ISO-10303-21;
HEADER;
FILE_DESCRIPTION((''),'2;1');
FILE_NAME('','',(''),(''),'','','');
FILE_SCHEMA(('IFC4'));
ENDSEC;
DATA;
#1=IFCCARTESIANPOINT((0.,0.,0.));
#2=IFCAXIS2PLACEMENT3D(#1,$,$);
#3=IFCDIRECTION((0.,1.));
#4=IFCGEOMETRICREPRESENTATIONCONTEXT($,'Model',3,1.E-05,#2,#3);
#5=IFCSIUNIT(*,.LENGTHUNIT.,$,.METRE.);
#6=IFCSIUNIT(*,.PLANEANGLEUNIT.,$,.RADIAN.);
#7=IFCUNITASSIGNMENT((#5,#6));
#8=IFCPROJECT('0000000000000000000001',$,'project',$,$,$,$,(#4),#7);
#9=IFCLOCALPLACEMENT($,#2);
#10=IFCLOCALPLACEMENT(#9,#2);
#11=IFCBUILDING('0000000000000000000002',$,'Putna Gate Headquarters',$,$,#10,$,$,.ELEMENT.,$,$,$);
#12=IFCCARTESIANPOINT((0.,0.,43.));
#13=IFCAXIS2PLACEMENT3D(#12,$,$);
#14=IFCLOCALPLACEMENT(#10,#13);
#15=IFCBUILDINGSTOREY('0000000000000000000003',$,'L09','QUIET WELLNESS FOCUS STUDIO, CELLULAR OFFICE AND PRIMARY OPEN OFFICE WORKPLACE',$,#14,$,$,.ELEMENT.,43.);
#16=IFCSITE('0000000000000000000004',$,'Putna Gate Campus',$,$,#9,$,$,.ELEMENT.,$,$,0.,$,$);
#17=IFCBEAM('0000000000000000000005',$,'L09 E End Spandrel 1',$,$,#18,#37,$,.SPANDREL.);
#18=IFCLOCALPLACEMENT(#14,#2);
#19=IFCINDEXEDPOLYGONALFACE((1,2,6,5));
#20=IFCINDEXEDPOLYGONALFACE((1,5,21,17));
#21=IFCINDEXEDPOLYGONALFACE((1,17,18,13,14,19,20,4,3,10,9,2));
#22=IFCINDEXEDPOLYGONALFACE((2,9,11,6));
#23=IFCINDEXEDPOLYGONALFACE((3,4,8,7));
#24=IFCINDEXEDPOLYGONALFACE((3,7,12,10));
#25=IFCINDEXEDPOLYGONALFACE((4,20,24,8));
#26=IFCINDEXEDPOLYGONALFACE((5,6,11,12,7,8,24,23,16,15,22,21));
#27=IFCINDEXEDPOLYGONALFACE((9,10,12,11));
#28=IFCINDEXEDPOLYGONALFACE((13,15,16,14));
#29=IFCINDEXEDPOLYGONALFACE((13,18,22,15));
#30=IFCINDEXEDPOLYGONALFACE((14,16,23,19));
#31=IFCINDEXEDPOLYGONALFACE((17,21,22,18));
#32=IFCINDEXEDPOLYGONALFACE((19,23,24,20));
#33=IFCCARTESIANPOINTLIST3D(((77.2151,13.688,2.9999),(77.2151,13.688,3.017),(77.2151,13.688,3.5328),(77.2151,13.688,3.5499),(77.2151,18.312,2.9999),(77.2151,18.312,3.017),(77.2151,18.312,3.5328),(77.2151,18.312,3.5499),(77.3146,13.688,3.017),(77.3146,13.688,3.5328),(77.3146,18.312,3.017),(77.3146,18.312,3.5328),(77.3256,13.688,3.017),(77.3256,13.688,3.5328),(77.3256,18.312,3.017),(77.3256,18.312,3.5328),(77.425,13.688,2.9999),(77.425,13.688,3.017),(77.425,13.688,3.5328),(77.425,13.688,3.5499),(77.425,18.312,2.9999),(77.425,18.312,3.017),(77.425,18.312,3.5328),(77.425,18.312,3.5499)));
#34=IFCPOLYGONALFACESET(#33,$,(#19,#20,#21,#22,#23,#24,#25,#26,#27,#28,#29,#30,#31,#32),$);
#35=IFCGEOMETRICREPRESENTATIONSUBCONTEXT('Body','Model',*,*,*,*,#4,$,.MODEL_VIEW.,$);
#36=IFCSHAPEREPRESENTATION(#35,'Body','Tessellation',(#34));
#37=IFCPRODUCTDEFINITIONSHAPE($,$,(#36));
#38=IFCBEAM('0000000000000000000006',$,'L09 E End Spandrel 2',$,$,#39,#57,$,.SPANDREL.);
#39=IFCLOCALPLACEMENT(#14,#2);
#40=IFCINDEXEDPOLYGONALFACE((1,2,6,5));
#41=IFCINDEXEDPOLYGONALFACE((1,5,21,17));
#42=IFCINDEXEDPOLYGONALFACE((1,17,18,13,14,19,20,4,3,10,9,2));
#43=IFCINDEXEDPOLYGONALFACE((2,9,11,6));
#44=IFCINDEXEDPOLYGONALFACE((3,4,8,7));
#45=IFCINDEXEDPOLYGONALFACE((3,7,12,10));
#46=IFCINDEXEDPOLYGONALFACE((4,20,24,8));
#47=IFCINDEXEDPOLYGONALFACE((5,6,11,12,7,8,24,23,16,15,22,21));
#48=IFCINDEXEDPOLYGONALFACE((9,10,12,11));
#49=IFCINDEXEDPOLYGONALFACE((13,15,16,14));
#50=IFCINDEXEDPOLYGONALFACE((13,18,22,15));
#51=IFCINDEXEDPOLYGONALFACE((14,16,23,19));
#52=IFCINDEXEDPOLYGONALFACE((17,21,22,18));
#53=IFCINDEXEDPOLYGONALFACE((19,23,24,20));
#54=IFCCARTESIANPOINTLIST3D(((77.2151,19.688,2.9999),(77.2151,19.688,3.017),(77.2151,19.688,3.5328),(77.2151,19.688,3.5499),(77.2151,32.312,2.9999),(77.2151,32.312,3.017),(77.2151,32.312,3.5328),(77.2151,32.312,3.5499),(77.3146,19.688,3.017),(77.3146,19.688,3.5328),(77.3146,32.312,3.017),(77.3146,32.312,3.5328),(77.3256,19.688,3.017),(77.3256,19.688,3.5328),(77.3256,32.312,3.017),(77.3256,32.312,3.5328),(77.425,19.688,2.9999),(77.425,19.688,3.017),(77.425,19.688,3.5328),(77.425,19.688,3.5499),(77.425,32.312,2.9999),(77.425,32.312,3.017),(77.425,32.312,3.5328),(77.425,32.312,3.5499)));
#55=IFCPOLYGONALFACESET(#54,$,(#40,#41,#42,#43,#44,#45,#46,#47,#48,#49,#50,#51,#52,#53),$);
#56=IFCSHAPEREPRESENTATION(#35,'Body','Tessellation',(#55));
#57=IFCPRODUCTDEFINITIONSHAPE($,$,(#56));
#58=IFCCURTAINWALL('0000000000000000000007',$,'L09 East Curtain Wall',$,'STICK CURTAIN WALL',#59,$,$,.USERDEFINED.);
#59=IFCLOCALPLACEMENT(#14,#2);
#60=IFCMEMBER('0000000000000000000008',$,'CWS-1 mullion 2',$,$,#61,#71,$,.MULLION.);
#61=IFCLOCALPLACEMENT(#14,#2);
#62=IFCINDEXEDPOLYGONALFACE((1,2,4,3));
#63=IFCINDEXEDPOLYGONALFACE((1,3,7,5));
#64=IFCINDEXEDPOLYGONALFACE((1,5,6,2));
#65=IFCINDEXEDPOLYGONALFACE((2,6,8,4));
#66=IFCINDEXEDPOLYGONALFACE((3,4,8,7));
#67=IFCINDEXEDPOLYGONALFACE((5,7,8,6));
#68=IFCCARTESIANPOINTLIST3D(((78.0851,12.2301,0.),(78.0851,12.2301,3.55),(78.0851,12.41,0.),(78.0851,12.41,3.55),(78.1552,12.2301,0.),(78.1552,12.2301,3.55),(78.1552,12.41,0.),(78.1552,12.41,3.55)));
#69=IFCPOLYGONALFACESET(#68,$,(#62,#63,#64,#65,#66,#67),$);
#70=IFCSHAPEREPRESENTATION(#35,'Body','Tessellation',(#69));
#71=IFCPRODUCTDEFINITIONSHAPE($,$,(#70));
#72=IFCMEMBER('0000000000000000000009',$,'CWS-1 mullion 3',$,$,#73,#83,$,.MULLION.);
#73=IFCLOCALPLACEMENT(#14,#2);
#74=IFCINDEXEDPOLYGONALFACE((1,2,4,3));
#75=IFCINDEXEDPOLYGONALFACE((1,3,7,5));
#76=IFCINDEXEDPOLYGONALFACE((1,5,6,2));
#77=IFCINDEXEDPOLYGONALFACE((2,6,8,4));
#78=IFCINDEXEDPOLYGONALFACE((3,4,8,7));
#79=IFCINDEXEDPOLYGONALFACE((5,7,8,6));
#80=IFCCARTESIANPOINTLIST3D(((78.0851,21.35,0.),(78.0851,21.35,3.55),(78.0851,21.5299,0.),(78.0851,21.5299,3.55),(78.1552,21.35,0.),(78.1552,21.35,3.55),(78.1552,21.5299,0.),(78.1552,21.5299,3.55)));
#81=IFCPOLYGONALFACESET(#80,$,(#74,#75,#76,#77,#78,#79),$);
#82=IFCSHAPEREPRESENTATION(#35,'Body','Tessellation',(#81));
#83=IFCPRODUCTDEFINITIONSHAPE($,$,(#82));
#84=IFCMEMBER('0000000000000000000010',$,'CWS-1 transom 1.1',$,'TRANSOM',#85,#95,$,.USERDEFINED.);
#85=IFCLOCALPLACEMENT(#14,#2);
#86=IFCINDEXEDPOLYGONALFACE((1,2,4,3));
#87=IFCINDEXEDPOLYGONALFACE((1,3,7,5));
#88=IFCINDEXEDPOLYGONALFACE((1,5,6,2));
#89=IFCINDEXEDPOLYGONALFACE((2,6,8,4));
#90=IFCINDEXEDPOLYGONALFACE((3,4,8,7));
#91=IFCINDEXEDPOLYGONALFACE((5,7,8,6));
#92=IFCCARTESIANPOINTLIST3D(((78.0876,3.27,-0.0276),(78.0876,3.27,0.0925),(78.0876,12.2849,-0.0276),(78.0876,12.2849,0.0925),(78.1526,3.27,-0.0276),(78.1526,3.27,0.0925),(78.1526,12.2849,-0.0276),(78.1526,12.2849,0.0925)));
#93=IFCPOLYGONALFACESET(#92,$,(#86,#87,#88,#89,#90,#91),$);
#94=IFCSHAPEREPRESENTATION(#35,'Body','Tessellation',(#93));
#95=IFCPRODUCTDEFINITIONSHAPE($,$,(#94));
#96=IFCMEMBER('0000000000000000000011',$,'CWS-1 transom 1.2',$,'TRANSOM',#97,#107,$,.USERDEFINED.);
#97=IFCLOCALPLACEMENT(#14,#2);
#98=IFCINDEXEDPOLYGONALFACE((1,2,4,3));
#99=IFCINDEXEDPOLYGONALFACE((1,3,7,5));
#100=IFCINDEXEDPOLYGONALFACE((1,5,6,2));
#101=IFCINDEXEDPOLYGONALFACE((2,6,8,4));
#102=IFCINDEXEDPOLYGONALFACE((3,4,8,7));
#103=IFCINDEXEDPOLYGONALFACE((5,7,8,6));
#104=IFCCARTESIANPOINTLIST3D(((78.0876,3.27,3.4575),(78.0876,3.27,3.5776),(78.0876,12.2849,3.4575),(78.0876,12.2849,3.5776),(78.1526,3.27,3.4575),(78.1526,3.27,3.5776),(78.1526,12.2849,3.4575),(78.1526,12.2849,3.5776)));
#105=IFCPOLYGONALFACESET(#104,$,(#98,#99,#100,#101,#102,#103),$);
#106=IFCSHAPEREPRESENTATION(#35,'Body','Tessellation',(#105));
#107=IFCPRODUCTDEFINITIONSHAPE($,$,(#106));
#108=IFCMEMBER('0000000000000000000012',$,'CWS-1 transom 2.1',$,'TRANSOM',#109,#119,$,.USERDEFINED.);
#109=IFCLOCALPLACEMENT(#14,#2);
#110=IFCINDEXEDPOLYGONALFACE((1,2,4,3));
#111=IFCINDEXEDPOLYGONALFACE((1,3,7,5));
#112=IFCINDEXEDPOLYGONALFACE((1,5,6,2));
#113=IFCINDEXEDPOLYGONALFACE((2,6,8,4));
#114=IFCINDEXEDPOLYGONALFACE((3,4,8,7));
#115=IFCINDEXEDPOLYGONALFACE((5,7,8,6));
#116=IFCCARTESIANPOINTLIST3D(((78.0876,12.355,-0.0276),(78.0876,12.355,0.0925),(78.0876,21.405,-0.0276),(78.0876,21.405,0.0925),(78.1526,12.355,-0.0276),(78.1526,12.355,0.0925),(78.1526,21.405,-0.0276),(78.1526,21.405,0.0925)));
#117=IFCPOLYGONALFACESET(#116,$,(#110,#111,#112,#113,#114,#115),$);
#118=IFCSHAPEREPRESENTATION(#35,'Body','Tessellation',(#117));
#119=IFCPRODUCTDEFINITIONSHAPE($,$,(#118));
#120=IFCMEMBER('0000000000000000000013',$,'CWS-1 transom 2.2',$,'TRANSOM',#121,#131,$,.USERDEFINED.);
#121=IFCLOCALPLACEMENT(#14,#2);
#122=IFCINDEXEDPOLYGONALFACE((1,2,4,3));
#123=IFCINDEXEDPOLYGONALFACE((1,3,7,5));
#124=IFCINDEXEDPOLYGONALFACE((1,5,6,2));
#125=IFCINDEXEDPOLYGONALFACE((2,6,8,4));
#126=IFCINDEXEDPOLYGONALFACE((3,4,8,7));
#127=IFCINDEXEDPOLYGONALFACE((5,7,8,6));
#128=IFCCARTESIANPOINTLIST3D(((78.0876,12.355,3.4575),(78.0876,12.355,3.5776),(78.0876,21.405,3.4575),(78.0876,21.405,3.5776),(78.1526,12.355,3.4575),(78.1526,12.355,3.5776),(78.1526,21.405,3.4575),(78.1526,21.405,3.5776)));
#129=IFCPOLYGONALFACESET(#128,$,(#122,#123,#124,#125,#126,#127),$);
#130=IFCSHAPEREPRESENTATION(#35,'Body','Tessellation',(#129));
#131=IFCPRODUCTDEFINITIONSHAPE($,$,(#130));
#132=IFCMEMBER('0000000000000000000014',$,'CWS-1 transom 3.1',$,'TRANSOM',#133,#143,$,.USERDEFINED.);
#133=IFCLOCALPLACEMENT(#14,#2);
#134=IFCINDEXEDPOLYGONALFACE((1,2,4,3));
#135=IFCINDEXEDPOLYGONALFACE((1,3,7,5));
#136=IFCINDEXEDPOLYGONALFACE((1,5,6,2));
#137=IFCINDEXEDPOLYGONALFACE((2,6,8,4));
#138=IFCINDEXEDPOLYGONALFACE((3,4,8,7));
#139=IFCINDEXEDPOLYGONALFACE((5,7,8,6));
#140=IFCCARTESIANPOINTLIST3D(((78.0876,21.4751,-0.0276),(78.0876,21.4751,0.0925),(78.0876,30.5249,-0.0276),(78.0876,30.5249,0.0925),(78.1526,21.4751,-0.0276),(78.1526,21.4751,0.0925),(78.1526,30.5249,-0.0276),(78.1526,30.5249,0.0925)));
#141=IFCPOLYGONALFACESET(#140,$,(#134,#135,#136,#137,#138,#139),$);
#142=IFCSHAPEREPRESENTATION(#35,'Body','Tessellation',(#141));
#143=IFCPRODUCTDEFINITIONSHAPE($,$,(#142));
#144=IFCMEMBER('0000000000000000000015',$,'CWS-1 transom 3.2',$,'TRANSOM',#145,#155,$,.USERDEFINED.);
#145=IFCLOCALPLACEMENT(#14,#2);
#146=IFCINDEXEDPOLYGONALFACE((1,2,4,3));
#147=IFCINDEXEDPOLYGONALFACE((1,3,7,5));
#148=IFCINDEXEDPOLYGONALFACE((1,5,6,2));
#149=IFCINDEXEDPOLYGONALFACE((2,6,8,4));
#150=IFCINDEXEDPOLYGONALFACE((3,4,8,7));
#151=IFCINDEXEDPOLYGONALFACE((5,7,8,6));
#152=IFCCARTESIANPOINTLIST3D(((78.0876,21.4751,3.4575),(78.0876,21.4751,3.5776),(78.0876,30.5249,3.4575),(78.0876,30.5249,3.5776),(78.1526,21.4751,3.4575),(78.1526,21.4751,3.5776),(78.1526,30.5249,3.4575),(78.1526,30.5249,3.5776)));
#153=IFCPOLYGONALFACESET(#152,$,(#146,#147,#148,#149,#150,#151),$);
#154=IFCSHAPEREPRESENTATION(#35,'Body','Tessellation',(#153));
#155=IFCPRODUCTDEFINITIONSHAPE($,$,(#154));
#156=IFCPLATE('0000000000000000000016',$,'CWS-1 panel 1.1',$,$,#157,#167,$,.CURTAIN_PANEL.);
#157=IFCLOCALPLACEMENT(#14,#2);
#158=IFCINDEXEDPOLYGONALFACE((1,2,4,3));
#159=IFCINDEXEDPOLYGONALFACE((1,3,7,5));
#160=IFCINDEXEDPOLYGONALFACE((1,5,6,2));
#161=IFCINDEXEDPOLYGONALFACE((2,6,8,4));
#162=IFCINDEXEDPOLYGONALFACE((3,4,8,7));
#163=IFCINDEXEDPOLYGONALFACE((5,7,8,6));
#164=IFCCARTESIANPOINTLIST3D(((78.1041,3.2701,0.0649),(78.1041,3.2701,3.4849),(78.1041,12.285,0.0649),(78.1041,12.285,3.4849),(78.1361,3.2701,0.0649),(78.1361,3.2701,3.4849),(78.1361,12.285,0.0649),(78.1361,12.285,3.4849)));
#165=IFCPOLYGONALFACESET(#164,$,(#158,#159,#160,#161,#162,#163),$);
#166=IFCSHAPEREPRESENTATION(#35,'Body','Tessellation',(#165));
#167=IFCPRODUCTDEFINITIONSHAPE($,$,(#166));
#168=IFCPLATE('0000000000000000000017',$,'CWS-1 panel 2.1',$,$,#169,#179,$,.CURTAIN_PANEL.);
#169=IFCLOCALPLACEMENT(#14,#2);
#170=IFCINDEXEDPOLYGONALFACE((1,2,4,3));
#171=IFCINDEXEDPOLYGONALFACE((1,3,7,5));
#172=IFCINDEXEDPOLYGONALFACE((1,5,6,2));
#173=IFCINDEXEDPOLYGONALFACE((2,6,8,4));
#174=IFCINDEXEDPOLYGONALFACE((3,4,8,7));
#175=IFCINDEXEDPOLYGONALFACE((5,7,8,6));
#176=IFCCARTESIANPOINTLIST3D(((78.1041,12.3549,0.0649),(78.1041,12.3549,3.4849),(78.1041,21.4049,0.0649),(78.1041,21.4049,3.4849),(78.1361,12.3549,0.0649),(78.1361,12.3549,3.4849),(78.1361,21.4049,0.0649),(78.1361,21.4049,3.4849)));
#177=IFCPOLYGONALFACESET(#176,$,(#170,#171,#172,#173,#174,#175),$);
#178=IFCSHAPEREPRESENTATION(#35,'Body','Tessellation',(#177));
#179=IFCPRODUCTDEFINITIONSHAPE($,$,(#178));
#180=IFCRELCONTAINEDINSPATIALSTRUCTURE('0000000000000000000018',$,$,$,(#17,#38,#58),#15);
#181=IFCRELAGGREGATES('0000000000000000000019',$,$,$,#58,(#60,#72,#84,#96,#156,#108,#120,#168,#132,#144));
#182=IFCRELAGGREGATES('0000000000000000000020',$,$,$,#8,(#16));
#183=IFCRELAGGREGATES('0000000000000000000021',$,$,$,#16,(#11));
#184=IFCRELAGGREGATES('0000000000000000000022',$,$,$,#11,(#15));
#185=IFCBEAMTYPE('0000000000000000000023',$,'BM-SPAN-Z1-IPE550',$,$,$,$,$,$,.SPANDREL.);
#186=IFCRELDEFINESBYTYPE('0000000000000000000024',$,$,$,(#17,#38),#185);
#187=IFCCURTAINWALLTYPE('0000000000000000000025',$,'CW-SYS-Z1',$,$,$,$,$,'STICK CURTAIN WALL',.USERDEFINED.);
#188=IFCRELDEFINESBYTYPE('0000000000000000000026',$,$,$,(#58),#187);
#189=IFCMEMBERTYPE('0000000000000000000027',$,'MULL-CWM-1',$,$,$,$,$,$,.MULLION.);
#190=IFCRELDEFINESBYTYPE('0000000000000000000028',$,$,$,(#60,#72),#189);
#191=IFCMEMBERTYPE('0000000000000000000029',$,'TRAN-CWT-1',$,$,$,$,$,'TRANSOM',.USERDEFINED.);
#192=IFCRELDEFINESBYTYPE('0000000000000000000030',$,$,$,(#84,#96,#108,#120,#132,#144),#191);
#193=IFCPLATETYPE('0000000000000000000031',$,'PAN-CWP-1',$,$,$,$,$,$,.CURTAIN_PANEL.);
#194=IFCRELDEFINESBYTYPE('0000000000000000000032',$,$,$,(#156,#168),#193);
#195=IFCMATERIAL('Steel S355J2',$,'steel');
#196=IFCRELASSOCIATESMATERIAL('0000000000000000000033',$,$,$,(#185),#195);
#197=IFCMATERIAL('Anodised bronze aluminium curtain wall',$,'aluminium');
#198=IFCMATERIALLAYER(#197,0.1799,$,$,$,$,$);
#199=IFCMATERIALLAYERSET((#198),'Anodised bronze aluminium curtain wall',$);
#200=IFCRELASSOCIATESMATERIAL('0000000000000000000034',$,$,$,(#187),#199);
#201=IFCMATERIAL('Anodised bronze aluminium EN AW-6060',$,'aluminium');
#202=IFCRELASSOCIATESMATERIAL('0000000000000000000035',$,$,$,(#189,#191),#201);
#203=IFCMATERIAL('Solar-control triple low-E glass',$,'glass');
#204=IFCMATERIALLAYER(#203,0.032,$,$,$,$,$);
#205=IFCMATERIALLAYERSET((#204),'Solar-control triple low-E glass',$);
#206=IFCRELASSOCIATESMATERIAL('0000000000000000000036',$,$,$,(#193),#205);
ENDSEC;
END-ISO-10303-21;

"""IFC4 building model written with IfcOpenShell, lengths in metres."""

from ifc_helpers import new_model, si_unit, direction, frame, origin, origin_2d, place, context, subcontext, project, spatial, rectangle, i_section, extrude, material, layer, layer_set, material_profile, profile_set, type_object, element, aggregate, save


model = new_model("IFC4")

# Units and contexts
model_context = context("Model", 3, precision=1e-05, world=origin(), true_north=direction((0.0, 1.0)))
body_context = subcontext(model_context, "Body", "Model", "MODEL_VIEW")
ifc_project = project(units=[si_unit("LENGTHUNIT", "METRE"), si_unit("PLANEANGLEUNIT", "RADIAN")], contexts=[model_context])

# Site, building, storey
site_placement = place(None, origin())
site = spatial("IfcSite", under=ifc_project, at=site_placement, Name="Putna Gate Campus", CompositionType="ELEMENT", RefElevation=0.0)
building_placement = place(site_placement, origin())
building = spatial("IfcBuilding", under=site, at=building_placement, Name="Putna Gate Headquarters", CompositionType="ELEMENT")
storey_placement = place(building_placement, frame((0.0, 0.0, 43.0)))
storey = spatial("IfcBuildingStorey", under=building, at=storey_placement, Name="L09", Description="QUIET WELLNESS FOCUS STUDIO, CELLULAR OFFICE AND PRIMARY OPEN OFFICE WORKPLACE", CompositionType="ELEMENT", Elevation=43.0)

# Beams
ifc_material_1 = material(Name="Steel S355J2", Category="steel")
ifc_material_profile_1 = material_profile(ifc_material_1, i_section(OverallWidth=0.21, OverallDepth=0.55, WebThickness=0.011, FlangeThickness=0.0171, at=origin_2d()), Name="Steel S355J2")
ifc_profile_set_1 = profile_set([ifc_material_profile_1], Name="Steel S355J2")
beam_type_1 = type_object("IfcBeamType", Name="BM-SPAN-Z1-IPE550", PredefinedType="SPANDREL", material=ifc_profile_set_1)
beam_1_placement = place(storey_placement, frame((77.3201, 13.688, 3.2749), z_axis=(0.0, 1.0, 0.0), x_axis=(-1.0, 0.0, 0.0)))
element("IfcBeam", 1, at=beam_1_placement, inside=storey, type_object=beam_type_1, Name="L09 E End Spandrel 1", PredefinedType="SPANDREL", context=body_context, shape_type="SweptSolid", body=[
    extrude(i_section(OverallWidth=0.21, OverallDepth=0.55, WebThickness=0.011, FlangeThickness=0.0171, at=origin_2d()), origin(), (0.0, 0.0, 1.0), 4.624),
])
beam_2_placement = place(storey_placement, frame((77.3201, 19.688, 3.2749), z_axis=(0.0, 1.0, 0.0), x_axis=(-1.0, 0.0, 0.0)))
element("IfcBeam", 2, at=beam_2_placement, inside=storey, type_object=beam_type_1, Name="L09 E End Spandrel 2", PredefinedType="SPANDREL", context=body_context, shape_type="SweptSolid", body=[
    extrude(i_section(OverallWidth=0.21, OverallDepth=0.55, WebThickness=0.011, FlangeThickness=0.0171, at=origin_2d()), origin(), (0.0, 0.0, 1.0), 12.624),
])

# Curtain wall, members, plates
ifc_material_2 = material(Name="Anodised bronze aluminium curtain wall", Category="aluminium")
ifc_layer_1 = layer(ifc_material_2, 0.1799)
ifc_layer_set_1 = layer_set([ifc_layer_1], Name="Anodised bronze aluminium curtain wall")
curtain_wall_type = type_object("IfcCurtainWallType", Name="CW-SYS-Z1", ElementType="STICK CURTAIN WALL", PredefinedType="USERDEFINED", material=ifc_layer_set_1)
curtain_wall_placement = place(storey_placement, origin())
curtain_wall = element("IfcCurtainWall", 3, at=curtain_wall_placement, inside=storey, type_object=curtain_wall_type, Name="L09 East Curtain Wall", ObjectType="STICK CURTAIN WALL", PredefinedType="USERDEFINED")
ifc_material_3 = material(Name="Anodised bronze aluminium EN AW-6060", Category="aluminium")
ifc_material_profile_2 = material_profile(ifc_material_3, rectangle(XDim=0.0701, YDim=0.1799, at=origin_2d()), Name="Anodised bronze aluminium EN AW-6060")
ifc_profile_set_2 = profile_set([ifc_material_profile_2], Name="Anodised bronze aluminium EN AW-6060")
member_type_1 = type_object("IfcMemberType", Name="MULL-CWM-1", PredefinedType="MULLION", material=ifc_profile_set_2)
member_1_placement = place(storey_placement, frame((78.1201, 12.3201, 0.0), z_axis=(0.0, 0.0, 1.0), x_axis=(-1.0, 0.0, 0.0)))
member_1 = element("IfcMember", 4, at=member_1_placement, type_object=member_type_1, Name="CWS-1 mullion 2", PredefinedType="MULLION", context=body_context, shape_type="SweptSolid", body=[
    extrude(rectangle(XDim=0.0701, YDim=0.1799, at=origin_2d()), origin(), (0.0, 0.0, 1.0), 3.55),
])
member_2_placement = place(storey_placement, frame((78.1201, 21.4399, 0.0), z_axis=(0.0, 0.0, 1.0), x_axis=(-1.0, 0.0, 0.0)))
member_2 = element("IfcMember", 5, at=member_2_placement, type_object=member_type_1, Name="CWS-1 mullion 3", PredefinedType="MULLION", context=body_context, shape_type="SweptSolid", body=[
    extrude(rectangle(XDim=0.0701, YDim=0.1799, at=origin_2d()), origin(), (0.0, 0.0, 1.0), 3.55),
])
ifc_material_profile_3 = material_profile(ifc_material_3, rectangle(XDim=0.0649, YDim=0.1201, at=origin_2d()), Name="Anodised bronze aluminium EN AW-6060")
ifc_profile_set_3 = profile_set([ifc_material_profile_3], Name="Anodised bronze aluminium EN AW-6060")
member_type_2 = type_object("IfcMemberType", Name="TRAN-CWT-1", ElementType="TRANSOM", PredefinedType="USERDEFINED", material=ifc_profile_set_3)
member_3_placement = place(storey_placement, frame((78.1201, 3.27, 0.0325), z_axis=(0.0, 1.0, 0.0), x_axis=(-1.0, 0.0, 0.0)))
member_3 = element("IfcMember", 6, at=member_3_placement, type_object=member_type_2, Name="CWS-1 transom 1.1", ObjectType="TRANSOM", PredefinedType="USERDEFINED", context=body_context, shape_type="SweptSolid", body=[
    extrude(rectangle(XDim=0.0649, YDim=0.1201, at=origin_2d()), origin(), (0.0, 0.0, 1.0), 9.0149),
])
member_4_placement = place(storey_placement, frame((78.1201, 3.27, 3.5176), z_axis=(0.0, 1.0, 0.0), x_axis=(-1.0, 0.0, 0.0)))
member_4 = element("IfcMember", 7, at=member_4_placement, type_object=member_type_2, Name="CWS-1 transom 1.2", ObjectType="TRANSOM", PredefinedType="USERDEFINED", context=body_context, shape_type="SweptSolid", body=[
    extrude(rectangle(XDim=0.0649, YDim=0.1201, at=origin_2d()), origin(), (0.0, 0.0, 1.0), 9.0149),
])
member_5_placement = place(storey_placement, frame((78.1201, 12.355, 0.0325), z_axis=(0.0, 1.0, 0.0), x_axis=(-1.0, 0.0, 0.0)))
member_5 = element("IfcMember", 8, at=member_5_placement, type_object=member_type_2, Name="CWS-1 transom 2.1", ObjectType="TRANSOM", PredefinedType="USERDEFINED", context=body_context, shape_type="SweptSolid", body=[
    extrude(rectangle(XDim=0.0649, YDim=0.1201, at=origin_2d()), origin(), (0.0, 0.0, 1.0), 9.05),
])
member_6_placement = place(storey_placement, frame((78.1201, 12.355, 3.5176), z_axis=(0.0, 1.0, 0.0), x_axis=(-1.0, 0.0, 0.0)))
member_6 = element("IfcMember", 9, at=member_6_placement, type_object=member_type_2, Name="CWS-1 transom 2.2", ObjectType="TRANSOM", PredefinedType="USERDEFINED", context=body_context, shape_type="SweptSolid", body=[
    extrude(rectangle(XDim=0.0649, YDim=0.1201, at=origin_2d()), origin(), (0.0, 0.0, 1.0), 9.05),
])
member_7_placement = place(storey_placement, frame((78.1201, 21.4751, 0.0325), z_axis=(0.0, 1.0, 0.0), x_axis=(-1.0, 0.0, 0.0)))
member_7 = element("IfcMember", 10, at=member_7_placement, type_object=member_type_2, Name="CWS-1 transom 3.1", ObjectType="TRANSOM", PredefinedType="USERDEFINED", context=body_context, shape_type="SweptSolid", body=[
    extrude(rectangle(XDim=0.0649, YDim=0.1201, at=origin_2d()), origin(), (0.0, 0.0, 1.0), 9.0498),
])
member_8_placement = place(storey_placement, frame((78.1201, 21.4751, 3.5176), z_axis=(0.0, 1.0, 0.0), x_axis=(-1.0, 0.0, 0.0)))
member_8 = element("IfcMember", 11, at=member_8_placement, type_object=member_type_2, Name="CWS-1 transom 3.2", ObjectType="TRANSOM", PredefinedType="USERDEFINED", context=body_context, shape_type="SweptSolid", body=[
    extrude(rectangle(XDim=0.0649, YDim=0.1201, at=origin_2d()), origin(), (0.0, 0.0, 1.0), 9.0498),
])
ifc_material_4 = material(Name="Solar-control triple low-E glass", Category="glass")
ifc_layer_2 = layer(ifc_material_4, 0.032)
ifc_layer_set_2 = layer_set([ifc_layer_2], Name="Solar-control triple low-E glass")
plate_type = type_object("IfcPlateType", Name="PAN-CWP-1", PredefinedType="CURTAIN_PANEL", material=ifc_layer_set_2)
plate_1_placement = place(storey_placement, frame((78.1201, 7.7776, 0.0649), z_axis=(0.0, 0.0, 1.0), x_axis=(0.0, 1.0, 0.0)))
plate_1 = element("IfcPlate", 12, at=plate_1_placement, type_object=plate_type, Name="CWS-1 panel 1.1", PredefinedType="CURTAIN_PANEL", context=body_context, shape_type="SweptSolid", body=[
    extrude(rectangle(XDim=9.0149, YDim=0.032, at=origin_2d()), origin(), (0.0, 0.0, 1.0), 3.4199),
])
plate_2_placement = place(storey_placement, frame((78.1201, 16.8799, 0.0649), z_axis=(0.0, 0.0, 1.0), x_axis=(0.0, 1.0, 0.0)))
plate_2 = element("IfcPlate", 13, at=plate_2_placement, type_object=plate_type, Name="CWS-1 panel 2.1", PredefinedType="CURTAIN_PANEL", context=body_context, shape_type="SweptSolid", body=[
    extrude(rectangle(XDim=9.05, YDim=0.032, at=origin_2d()), origin(), (0.0, 0.0, 1.0), 3.4199),
])
aggregate(curtain_wall, [member_1, member_2, member_3, member_4, plate_1, member_5, member_6, plate_2, member_7, member_8])

save(model, "model.ifc")
